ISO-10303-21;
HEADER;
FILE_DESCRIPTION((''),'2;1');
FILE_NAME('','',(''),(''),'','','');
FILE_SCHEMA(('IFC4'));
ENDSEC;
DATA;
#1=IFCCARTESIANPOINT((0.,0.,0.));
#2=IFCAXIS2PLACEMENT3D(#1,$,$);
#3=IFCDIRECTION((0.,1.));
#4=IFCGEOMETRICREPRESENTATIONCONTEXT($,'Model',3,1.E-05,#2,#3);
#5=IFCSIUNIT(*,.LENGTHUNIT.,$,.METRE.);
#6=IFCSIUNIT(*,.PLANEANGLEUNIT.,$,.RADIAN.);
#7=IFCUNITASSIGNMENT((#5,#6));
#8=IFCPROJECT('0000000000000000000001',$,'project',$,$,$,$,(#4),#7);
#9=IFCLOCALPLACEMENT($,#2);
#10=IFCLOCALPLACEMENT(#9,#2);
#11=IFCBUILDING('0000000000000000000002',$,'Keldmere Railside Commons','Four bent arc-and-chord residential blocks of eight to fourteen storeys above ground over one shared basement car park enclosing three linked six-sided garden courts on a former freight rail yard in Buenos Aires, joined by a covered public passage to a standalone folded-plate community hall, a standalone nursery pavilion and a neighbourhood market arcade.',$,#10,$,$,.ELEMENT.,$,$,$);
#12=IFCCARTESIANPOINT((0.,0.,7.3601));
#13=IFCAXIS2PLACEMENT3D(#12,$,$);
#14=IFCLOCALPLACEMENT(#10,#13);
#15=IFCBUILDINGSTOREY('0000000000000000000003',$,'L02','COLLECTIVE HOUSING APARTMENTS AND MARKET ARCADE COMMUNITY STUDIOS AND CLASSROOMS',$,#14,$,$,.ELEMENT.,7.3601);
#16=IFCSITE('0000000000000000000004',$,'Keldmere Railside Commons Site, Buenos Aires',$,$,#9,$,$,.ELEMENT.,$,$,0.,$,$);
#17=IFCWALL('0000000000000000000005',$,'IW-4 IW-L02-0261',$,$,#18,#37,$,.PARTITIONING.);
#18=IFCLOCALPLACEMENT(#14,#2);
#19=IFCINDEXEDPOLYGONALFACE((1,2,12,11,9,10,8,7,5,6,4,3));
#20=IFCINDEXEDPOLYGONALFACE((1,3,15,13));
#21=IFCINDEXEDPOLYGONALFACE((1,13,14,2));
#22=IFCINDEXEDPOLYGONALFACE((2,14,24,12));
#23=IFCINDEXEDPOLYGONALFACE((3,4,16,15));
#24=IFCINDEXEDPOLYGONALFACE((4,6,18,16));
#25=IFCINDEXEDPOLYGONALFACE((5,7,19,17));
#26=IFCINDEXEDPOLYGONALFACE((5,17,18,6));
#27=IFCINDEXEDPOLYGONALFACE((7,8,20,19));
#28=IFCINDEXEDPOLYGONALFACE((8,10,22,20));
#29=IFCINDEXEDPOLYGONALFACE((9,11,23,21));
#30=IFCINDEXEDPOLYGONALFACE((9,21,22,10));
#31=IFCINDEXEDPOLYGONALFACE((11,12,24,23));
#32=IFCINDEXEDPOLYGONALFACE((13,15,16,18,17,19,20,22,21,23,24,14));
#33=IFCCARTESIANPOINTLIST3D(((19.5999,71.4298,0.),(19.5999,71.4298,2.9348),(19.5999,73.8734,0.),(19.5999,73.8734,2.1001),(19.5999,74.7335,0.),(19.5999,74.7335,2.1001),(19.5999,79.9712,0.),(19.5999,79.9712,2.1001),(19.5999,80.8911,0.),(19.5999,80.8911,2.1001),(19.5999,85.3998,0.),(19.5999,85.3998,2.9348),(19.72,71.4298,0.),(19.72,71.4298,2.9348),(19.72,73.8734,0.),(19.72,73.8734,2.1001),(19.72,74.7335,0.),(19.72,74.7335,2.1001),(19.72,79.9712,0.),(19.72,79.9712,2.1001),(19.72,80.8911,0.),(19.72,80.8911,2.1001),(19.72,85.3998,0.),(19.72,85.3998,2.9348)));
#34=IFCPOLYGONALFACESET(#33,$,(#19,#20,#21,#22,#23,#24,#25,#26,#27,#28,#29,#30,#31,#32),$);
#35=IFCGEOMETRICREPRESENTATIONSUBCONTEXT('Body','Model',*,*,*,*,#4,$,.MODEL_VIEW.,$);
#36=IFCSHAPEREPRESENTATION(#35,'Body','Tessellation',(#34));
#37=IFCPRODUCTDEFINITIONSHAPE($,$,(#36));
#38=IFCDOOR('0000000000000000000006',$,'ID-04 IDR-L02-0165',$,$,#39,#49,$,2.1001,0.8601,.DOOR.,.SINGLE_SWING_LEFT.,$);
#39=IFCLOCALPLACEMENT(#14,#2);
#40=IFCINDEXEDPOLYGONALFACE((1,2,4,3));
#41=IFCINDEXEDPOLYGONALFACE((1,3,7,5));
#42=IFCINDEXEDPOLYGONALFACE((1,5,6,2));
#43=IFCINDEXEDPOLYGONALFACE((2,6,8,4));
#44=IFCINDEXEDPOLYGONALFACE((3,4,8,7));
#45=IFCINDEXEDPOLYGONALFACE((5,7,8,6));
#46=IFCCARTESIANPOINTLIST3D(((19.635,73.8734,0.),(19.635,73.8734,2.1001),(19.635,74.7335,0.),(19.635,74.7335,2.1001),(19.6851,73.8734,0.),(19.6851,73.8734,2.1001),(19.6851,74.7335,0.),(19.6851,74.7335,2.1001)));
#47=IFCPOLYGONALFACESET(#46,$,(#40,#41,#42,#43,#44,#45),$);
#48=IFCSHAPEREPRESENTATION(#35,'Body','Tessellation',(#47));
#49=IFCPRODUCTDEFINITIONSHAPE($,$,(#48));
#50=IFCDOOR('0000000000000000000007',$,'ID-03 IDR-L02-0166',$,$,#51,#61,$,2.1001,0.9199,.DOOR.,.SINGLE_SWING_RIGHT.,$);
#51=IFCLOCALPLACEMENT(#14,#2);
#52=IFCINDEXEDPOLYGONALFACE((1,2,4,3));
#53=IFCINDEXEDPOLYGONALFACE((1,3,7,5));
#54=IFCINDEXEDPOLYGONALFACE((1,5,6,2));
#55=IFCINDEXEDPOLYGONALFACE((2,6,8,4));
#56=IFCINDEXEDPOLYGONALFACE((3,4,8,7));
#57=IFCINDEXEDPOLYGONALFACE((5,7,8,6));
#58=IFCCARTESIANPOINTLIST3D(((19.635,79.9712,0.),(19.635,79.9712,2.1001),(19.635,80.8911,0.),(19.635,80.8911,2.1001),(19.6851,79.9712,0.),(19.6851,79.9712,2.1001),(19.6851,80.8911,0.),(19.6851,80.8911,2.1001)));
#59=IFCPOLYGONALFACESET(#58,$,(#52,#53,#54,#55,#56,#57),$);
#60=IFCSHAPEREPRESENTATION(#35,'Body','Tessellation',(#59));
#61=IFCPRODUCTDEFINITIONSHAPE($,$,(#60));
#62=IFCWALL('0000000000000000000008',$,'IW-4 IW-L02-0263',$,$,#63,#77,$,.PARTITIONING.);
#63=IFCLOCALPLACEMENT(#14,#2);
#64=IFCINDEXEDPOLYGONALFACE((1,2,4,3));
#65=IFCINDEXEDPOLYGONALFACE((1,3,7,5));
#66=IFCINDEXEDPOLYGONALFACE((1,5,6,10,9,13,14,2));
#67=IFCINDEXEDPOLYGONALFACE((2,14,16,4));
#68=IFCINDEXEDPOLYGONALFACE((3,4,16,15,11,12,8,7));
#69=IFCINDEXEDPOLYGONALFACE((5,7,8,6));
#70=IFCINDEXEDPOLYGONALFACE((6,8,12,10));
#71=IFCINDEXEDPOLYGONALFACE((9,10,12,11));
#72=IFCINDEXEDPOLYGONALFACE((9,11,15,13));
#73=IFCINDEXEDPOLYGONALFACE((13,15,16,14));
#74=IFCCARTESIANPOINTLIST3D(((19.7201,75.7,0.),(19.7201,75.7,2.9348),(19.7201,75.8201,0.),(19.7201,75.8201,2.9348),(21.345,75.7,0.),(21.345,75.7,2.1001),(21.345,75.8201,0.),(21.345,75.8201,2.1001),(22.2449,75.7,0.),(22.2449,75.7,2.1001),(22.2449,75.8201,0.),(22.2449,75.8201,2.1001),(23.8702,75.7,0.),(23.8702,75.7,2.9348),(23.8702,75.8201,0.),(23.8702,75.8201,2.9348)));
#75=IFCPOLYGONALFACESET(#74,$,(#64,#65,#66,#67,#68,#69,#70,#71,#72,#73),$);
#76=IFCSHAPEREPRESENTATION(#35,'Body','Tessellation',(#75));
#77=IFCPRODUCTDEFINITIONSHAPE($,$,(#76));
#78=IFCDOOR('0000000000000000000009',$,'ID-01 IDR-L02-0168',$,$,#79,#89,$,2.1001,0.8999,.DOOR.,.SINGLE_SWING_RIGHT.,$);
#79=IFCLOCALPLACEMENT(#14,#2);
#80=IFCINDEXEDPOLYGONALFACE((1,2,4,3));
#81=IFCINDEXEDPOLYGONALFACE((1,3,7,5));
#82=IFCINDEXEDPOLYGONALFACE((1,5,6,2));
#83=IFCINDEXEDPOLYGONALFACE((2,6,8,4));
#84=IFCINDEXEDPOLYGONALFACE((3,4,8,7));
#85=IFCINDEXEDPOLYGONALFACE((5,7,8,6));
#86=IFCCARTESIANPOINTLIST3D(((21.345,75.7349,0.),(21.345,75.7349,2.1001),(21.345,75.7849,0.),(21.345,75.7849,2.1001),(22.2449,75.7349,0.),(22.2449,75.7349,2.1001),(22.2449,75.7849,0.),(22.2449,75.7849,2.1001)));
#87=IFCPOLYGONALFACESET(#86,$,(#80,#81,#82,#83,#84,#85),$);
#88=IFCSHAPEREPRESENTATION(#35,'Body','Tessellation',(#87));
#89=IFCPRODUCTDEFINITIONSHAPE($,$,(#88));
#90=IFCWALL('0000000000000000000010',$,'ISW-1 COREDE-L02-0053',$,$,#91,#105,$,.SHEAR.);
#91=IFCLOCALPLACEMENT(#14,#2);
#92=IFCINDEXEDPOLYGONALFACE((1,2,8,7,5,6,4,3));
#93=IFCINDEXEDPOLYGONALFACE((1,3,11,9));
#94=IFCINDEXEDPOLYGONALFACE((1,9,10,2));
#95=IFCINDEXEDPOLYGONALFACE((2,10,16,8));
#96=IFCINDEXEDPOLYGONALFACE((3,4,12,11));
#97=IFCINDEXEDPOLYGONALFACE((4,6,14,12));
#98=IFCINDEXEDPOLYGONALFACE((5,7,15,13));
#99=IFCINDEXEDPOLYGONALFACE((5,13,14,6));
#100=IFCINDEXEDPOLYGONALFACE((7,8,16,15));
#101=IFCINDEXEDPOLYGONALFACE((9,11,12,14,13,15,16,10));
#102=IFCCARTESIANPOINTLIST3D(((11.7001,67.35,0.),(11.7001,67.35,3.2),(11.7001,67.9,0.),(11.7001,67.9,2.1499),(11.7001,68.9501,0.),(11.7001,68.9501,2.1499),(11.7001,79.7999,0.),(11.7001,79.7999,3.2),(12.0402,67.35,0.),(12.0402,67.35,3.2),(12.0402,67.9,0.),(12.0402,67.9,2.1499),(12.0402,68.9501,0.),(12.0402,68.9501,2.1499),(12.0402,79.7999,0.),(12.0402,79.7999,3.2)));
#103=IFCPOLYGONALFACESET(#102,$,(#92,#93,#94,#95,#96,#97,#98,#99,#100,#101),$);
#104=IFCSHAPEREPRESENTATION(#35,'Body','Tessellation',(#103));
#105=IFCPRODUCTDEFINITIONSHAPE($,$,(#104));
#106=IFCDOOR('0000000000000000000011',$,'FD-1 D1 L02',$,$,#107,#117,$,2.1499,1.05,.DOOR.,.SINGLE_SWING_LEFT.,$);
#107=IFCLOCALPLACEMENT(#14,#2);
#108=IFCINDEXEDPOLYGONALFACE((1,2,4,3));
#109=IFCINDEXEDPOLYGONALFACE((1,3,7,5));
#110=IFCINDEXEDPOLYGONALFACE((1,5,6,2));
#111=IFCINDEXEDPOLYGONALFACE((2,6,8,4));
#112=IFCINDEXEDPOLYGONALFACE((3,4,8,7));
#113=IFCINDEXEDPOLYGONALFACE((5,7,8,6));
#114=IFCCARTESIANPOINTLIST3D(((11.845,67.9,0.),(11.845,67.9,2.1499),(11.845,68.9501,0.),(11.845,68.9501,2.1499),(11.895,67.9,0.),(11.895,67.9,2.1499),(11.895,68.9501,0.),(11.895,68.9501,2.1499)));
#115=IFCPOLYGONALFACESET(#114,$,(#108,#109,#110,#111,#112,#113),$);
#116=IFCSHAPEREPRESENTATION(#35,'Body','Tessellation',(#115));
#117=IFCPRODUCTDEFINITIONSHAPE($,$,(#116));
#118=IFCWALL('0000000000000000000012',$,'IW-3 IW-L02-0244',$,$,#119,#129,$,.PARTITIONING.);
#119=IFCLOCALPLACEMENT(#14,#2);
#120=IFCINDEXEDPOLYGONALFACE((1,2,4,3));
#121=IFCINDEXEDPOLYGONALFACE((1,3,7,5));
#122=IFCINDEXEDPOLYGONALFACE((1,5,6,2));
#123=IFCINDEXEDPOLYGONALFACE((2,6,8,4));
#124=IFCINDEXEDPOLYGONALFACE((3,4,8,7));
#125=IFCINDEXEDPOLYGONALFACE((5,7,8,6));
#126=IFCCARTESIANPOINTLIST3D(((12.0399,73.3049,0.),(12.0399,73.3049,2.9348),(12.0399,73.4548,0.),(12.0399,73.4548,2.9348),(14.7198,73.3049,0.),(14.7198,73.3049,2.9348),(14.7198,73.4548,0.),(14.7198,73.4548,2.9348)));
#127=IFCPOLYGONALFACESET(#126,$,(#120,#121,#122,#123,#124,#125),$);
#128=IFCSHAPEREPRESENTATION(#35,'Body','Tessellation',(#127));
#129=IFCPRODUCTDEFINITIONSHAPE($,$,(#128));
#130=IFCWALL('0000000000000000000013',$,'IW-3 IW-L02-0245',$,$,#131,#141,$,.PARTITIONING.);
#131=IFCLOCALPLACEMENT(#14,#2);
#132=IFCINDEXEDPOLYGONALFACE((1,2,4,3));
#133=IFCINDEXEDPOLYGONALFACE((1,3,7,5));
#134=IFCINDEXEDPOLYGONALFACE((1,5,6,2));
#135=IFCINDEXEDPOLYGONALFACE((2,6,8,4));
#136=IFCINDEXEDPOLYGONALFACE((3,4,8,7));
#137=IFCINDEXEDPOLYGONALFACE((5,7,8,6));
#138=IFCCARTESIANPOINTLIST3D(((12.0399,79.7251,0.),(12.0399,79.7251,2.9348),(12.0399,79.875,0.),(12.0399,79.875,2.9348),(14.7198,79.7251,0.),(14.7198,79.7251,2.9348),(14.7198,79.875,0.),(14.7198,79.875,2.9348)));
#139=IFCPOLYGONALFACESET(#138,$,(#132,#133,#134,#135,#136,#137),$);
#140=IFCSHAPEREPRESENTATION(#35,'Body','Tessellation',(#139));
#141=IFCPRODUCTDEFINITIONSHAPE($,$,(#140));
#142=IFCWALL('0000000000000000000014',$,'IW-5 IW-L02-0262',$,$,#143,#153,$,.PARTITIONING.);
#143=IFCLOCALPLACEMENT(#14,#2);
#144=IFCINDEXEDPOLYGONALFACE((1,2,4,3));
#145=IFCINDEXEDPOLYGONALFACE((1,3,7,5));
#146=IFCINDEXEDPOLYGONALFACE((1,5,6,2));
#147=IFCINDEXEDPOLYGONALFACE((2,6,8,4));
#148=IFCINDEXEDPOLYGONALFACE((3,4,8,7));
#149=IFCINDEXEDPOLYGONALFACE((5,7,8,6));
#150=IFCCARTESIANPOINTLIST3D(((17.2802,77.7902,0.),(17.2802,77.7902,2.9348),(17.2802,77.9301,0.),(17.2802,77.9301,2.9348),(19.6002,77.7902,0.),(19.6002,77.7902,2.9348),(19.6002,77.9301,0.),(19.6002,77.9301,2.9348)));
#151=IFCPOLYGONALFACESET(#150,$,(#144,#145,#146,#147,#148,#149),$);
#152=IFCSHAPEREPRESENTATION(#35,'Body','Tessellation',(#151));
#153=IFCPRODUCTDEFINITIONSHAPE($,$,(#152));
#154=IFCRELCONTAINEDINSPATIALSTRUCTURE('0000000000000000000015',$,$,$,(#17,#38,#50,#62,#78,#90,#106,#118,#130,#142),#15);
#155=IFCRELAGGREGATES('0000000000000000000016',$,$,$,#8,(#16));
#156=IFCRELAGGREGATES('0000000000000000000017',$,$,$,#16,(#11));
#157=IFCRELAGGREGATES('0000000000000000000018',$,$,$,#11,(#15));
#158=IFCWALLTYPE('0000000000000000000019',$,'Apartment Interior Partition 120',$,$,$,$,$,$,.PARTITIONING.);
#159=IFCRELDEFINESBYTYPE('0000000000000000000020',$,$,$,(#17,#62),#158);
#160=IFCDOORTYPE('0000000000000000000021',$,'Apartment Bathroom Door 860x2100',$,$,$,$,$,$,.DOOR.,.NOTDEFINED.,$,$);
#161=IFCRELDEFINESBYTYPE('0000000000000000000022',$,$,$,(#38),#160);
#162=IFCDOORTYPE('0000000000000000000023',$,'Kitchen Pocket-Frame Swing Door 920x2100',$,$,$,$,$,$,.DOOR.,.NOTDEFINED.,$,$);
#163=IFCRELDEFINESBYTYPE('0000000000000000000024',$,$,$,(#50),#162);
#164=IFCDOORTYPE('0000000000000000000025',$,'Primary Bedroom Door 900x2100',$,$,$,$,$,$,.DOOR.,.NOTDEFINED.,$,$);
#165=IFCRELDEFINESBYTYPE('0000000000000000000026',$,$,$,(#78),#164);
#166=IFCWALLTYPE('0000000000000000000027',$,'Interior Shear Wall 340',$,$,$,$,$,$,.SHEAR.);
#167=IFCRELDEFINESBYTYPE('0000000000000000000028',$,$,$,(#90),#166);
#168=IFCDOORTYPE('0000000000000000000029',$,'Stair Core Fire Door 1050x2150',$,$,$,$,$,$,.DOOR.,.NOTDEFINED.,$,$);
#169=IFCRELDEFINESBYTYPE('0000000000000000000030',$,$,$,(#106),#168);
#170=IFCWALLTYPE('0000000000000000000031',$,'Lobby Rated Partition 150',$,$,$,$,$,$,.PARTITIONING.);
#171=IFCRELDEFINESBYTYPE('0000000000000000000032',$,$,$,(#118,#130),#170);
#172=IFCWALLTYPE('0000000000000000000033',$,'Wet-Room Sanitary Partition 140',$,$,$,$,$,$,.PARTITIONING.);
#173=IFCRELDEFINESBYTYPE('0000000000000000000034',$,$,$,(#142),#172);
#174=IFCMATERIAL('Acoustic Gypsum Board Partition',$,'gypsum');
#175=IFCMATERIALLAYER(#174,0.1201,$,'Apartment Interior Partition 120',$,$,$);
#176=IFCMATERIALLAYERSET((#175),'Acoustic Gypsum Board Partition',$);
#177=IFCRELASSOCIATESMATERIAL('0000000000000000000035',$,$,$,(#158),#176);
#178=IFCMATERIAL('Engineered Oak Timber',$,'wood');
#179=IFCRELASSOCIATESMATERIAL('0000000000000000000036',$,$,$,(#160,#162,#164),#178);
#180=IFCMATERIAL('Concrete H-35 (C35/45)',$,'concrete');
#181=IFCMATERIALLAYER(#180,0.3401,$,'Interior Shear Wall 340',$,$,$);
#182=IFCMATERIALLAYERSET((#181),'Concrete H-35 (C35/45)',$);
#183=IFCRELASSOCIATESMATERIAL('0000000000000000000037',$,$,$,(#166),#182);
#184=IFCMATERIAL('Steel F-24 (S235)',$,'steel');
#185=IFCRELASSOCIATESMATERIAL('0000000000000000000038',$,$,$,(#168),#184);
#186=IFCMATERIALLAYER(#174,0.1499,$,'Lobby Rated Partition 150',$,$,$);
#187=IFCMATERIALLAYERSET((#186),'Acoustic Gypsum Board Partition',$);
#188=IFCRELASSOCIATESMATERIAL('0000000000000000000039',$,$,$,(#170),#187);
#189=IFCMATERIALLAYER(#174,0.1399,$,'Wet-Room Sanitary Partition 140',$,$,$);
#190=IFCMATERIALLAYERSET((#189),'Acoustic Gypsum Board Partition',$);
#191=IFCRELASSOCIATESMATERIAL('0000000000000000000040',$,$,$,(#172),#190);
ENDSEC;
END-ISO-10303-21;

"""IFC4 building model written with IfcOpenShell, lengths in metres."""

from ifc_helpers import new_model, si_unit, direction, frame, frame_2d, origin, place, context, subcontext, project, spatial, rectangle, extrude, material, layer, layer_set, type_object, element, fill, save


model = new_model("IFC4")

# Units and contexts
model_context = context("Model", 3, precision=1e-05, world=origin(), true_north=direction((0.0, 1.0)))
body_context = subcontext(model_context, "Body", "Model", "MODEL_VIEW")
ifc_project = project(units=[si_unit("LENGTHUNIT", "METRE"), si_unit("PLANEANGLEUNIT", "RADIAN")], contexts=[model_context])

# Site, building, storey
site_placement = place(None, origin())
site = spatial("IfcSite", under=ifc_project, at=site_placement, Name="Keldmere Railside Commons Site, Buenos Aires", CompositionType="ELEMENT", RefElevation=0.0)
building_placement = place(site_placement, origin())
building = spatial("IfcBuilding", under=site, at=building_placement, Name="Keldmere Railside Commons", Description="Four bent arc-and-chord residential blocks of eight to fourteen storeys above ground over one shared basement car park enclosing three linked six-sided garden courts on a former freight rail yard in Buenos Aires, joined by a covered public passage to a standalone folded-plate community hall, a standalone nursery pavilion and a neighbourhood market arcade.", CompositionType="ELEMENT")
storey_placement = place(building_placement, frame((0.0, 0.0, 7.3601)))
storey = spatial("IfcBuildingStorey", under=building, at=storey_placement, Name="L02", Description="COLLECTIVE HOUSING APARTMENTS AND MARKET ARCADE COMMUNITY STUDIOS AND CLASSROOMS", CompositionType="ELEMENT", Elevation=7.3601)

# Shared definitions
ifc_material_1 = material(Name="Acoustic Gypsum Board Partition", Category="gypsum")

# Wall, openings, doors
ifc_layer_1 = layer(ifc_material_1, 0.1201, Name="Apartment Interior Partition 120")
ifc_layer_set_1 = layer_set([ifc_layer_1], Name="Acoustic Gypsum Board Partition")
wall_type_1 = type_object("IfcWallType", Name="Apartment Interior Partition 120", PredefinedType="PARTITIONING", material=ifc_layer_set_1)
wall_1_placement = place(storey_placement, frame((19.6599, 71.4299, 0.0), z_axis=(0.0, 0.0, 1.0), x_axis=(0.0, 1.0, 0.0)))
wall_1 = element("IfcWall", 1, at=wall_1_placement, inside=storey, type_object=wall_type_1, Name="IW-4 IW-L02-0261", PredefinedType="PARTITIONING", context=body_context, shape_type="SweptSolid", body=[
    extrude(rectangle(XDim=13.97, YDim=0.1201, at=frame_2d((6.9849, 0.0))), origin(), (0.0, 0.0, 1.0), 2.9348),
])
opening_1_placement = place(wall_1_placement, frame((2.4434, 0.0, 0.0)))
opening_1 = element("IfcOpeningElement", 2, at=opening_1_placement, cuts=wall_1, PredefinedType="OPENING", context=body_context, shape_type="SweptSolid", body=[
    extrude(rectangle(XDim=0.8601, YDim=2.1001, at=frame_2d((0.4302, 1.05))), frame((0.0, 0.0701, 0.0), z_axis=(0.0, -1.0, 0.0), x_axis=(1.0, 0.0, 0.0)), (0.0, 0.0, 1.0), 0.1401),
])
opening_2_placement = place(wall_1_placement, frame((8.5413, 0.0, 0.0)))
opening_2 = element("IfcOpeningElement", 3, at=opening_2_placement, cuts=wall_1, PredefinedType="OPENING", context=body_context, shape_type="SweptSolid", body=[
    extrude(rectangle(XDim=0.9199, YDim=2.1001, at=frame_2d((0.46, 1.05))), frame((0.0, 0.0701, 0.0), z_axis=(0.0, -1.0, 0.0), x_axis=(1.0, 0.0, 0.0)), (0.0, 0.0, 1.0), 0.1401),
])
ifc_material_2 = material(Name="Engineered Oak Timber", Category="wood")
door_type_1 = type_object("IfcDoorType", Name="Apartment Bathroom Door 860x2100", OperationType="NOTDEFINED", PredefinedType="DOOR", material=ifc_material_2)
door_1_placement = place(opening_1_placement, origin())
door_1 = element("IfcDoor", 4, at=door_1_placement, inside=storey, type_object=door_type_1, Name="ID-04 IDR-L02-0165", OperationType="SINGLE_SWING_LEFT", OverallHeight=2.1001, OverallWidth=0.8601, PredefinedType="DOOR", context=body_context, shape_type="SweptSolid", body=[
    extrude(rectangle(XDim=0.8601, YDim=2.1001, at=frame_2d((0.4302, 1.05))), frame((0.0, 0.0249, 0.0), z_axis=(0.0, -1.0, 0.0), x_axis=(1.0, 0.0, 0.0)), (0.0, 0.0, 1.0), 0.05),
])
fill(opening_1, door_1)
door_type_2 = type_object("IfcDoorType", Name="Kitchen Pocket-Frame Swing Door 920x2100", OperationType="NOTDEFINED", PredefinedType="DOOR", material=ifc_material_2)
door_2_placement = place(opening_2_placement, origin())
door_2 = element("IfcDoor", 5, at=door_2_placement, inside=storey, type_object=door_type_2, Name="ID-03 IDR-L02-0166", OperationType="SINGLE_SWING_RIGHT", OverallHeight=2.1001, OverallWidth=0.9199, PredefinedType="DOOR", context=body_context, shape_type="SweptSolid", body=[
    extrude(rectangle(XDim=0.9199, YDim=2.1001, at=frame_2d((0.46, 1.05))), frame((0.0, 0.0249, 0.0), z_axis=(0.0, -1.0, 0.0), x_axis=(1.0, 0.0, 0.0)), (0.0, 0.0, 1.0), 0.05),
])
fill(opening_2, door_2)

# Walls, openings, doors
wall_2_placement = place(storey_placement, frame((19.72, 75.76, 0.0), z_axis=(0.0, 0.0, 1.0), x_axis=(1.0, 0.0, 0.0)))
wall_2 = element("IfcWall", 6, at=wall_2_placement, inside=storey, type_object=wall_type_1, Name="IW-4 IW-L02-0263", PredefinedType="PARTITIONING", context=body_context, shape_type="SweptSolid", body=[
    extrude(rectangle(XDim=4.1501, YDim=0.1201, at=frame_2d((2.0752, 0.0))), origin(), (0.0, 0.0, 1.0), 2.9348),
])
opening_3_placement = place(wall_2_placement, frame((1.625, 0.0, 0.0)))
opening_3 = element("IfcOpeningElement", 7, at=opening_3_placement, cuts=wall_2, PredefinedType="OPENING", context=body_context, shape_type="SweptSolid", body=[
    extrude(rectangle(XDim=0.8999, YDim=2.1001, at=frame_2d((0.45, 1.05))), frame((0.0, 0.0701, 0.0), z_axis=(0.0, -1.0, 0.0), x_axis=(1.0, 0.0, 0.0)), (0.0, 0.0, 1.0), 0.1401),
])
door_type_3 = type_object("IfcDoorType", Name="Primary Bedroom Door 900x2100", OperationType="NOTDEFINED", PredefinedType="DOOR", material=ifc_material_2)
door_3_placement = place(opening_3_placement, origin())
door_3 = element("IfcDoor", 8, at=door_3_placement, inside=storey, type_object=door_type_3, Name="ID-01 IDR-L02-0168", OperationType="SINGLE_SWING_RIGHT", OverallHeight=2.1001, OverallWidth=0.8999, PredefinedType="DOOR", context=body_context, shape_type="SweptSolid", body=[
    extrude(rectangle(XDim=0.8999, YDim=2.1001, at=frame_2d((0.45, 1.05))), frame((0.0, 0.0249, 0.0), z_axis=(0.0, -1.0, 0.0), x_axis=(1.0, 0.0, 0.0)), (0.0, 0.0, 1.0), 0.05),
])
fill(opening_3, door_3)
ifc_material_3 = material(Name="Concrete H-35 (C35/45)", Category="concrete")
ifc_layer_2 = layer(ifc_material_3, 0.3401, Name="Interior Shear Wall 340")
ifc_layer_set_2 = layer_set([ifc_layer_2], Name="Concrete H-35 (C35/45)")
wall_type_2 = type_object("IfcWallType", Name="Interior Shear Wall 340", PredefinedType="SHEAR", material=ifc_layer_set_2)
wall_3_placement = place(storey_placement, frame((11.8701, 79.8, 0.0), z_axis=(0.0, 0.0, 1.0), x_axis=(0.0, -1.0, 0.0)))
wall_3 = element("IfcWall", 9, at=wall_3_placement, inside=storey, type_object=wall_type_2, Name="ISW-1 COREDE-L02-0053", PredefinedType="SHEAR", context=body_context, shape_type="SweptSolid", body=[
    extrude(rectangle(XDim=12.45, YDim=0.3401, at=frame_2d((6.2251, 0.0))), origin(), (0.0, 0.0, 1.0), 3.2),
])
opening_4_placement = place(wall_3_placement, frame((10.8501, 0.0, 0.0)))
opening_4 = element("IfcOpeningElement", 10, at=opening_4_placement, cuts=wall_3, PredefinedType="OPENING", context=body_context, shape_type="SweptSolid", body=[
    extrude(rectangle(XDim=1.05, YDim=2.1499, at=frame_2d((0.5249, 1.075))), frame((0.0, 0.1799, 0.0), z_axis=(0.0, -1.0, 0.0), x_axis=(1.0, 0.0, 0.0)), (0.0, 0.0, 1.0), 0.3601),
])
ifc_material_4 = material(Name="Steel F-24 (S235)", Category="steel")
door_type_4 = type_object("IfcDoorType", Name="Stair Core Fire Door 1050x2150", OperationType="NOTDEFINED", PredefinedType="DOOR", material=ifc_material_4)
door_4_placement = place(opening_4_placement, origin())
door_4 = element("IfcDoor", 11, at=door_4_placement, inside=storey, type_object=door_type_4, Name="FD-1 D1 L02", OperationType="SINGLE_SWING_LEFT", OverallHeight=2.1499, OverallWidth=1.05, PredefinedType="DOOR", context=body_context, shape_type="SweptSolid", body=[
    extrude(rectangle(XDim=1.05, YDim=2.1499, at=frame_2d((0.5249, 1.075))), frame((0.0, 0.0249, 0.0), z_axis=(0.0, -1.0, 0.0), x_axis=(1.0, 0.0, 0.0)), (0.0, 0.0, 1.0), 0.05),
])
fill(opening_4, door_4)

# Walls
ifc_layer_3 = layer(ifc_material_1, 0.1499, Name="Lobby Rated Partition 150")
ifc_layer_set_3 = layer_set([ifc_layer_3], Name="Acoustic Gypsum Board Partition")
wall_type_3 = type_object("IfcWallType", Name="Lobby Rated Partition 150", PredefinedType="PARTITIONING", material=ifc_layer_set_3)
for number, where, z_axis, x_axis, name in (
    (12, (12.04, 73.3799, 0.0), (0.0, 0.0, 1.0), (1.0, 0.0, 0.0), "IW-3 IW-L02-0244"),
    (13, (12.04, 79.8, 0.0), (0.0, 0.0, 1.0), (1.0, 0.0, 0.0), "IW-3 IW-L02-0245"),
):
    element("IfcWall", number, at=place(storey_placement, frame(where, z_axis=z_axis, x_axis=x_axis)), inside=storey, type_object=wall_type_3, Name=name, PredefinedType="PARTITIONING", context=body_context, shape_type="SweptSolid", body=[
        extrude(rectangle(XDim=2.6799, YDim=0.1499, at=frame_2d((1.3398, 0.0))), origin(), (0.0, 0.0, 1.0), 2.9348),
    ])
ifc_layer_4 = layer(ifc_material_1, 0.1399, Name="Wet-Room Sanitary Partition 140")
ifc_layer_set_4 = layer_set([ifc_layer_4], Name="Acoustic Gypsum Board Partition")
wall_type_4 = type_object("IfcWallType", Name="Wet-Room Sanitary Partition 140", PredefinedType="PARTITIONING", material=ifc_layer_set_4)
wall_4_placement = place(storey_placement, frame((17.28, 77.8601, 0.0), z_axis=(0.0, 0.0, 1.0), x_axis=(1.0, 0.0, 0.0)))
element("IfcWall", 14, at=wall_4_placement, inside=storey, type_object=wall_type_4, Name="IW-5 IW-L02-0262", PredefinedType="PARTITIONING", context=body_context, shape_type="SweptSolid", body=[
    extrude(rectangle(XDim=2.3201, YDim=0.1399, at=frame_2d((1.1602, 0.0))), origin(), (0.0, 0.0, 1.0), 2.9348),
])

save(model, "model.ifc")
